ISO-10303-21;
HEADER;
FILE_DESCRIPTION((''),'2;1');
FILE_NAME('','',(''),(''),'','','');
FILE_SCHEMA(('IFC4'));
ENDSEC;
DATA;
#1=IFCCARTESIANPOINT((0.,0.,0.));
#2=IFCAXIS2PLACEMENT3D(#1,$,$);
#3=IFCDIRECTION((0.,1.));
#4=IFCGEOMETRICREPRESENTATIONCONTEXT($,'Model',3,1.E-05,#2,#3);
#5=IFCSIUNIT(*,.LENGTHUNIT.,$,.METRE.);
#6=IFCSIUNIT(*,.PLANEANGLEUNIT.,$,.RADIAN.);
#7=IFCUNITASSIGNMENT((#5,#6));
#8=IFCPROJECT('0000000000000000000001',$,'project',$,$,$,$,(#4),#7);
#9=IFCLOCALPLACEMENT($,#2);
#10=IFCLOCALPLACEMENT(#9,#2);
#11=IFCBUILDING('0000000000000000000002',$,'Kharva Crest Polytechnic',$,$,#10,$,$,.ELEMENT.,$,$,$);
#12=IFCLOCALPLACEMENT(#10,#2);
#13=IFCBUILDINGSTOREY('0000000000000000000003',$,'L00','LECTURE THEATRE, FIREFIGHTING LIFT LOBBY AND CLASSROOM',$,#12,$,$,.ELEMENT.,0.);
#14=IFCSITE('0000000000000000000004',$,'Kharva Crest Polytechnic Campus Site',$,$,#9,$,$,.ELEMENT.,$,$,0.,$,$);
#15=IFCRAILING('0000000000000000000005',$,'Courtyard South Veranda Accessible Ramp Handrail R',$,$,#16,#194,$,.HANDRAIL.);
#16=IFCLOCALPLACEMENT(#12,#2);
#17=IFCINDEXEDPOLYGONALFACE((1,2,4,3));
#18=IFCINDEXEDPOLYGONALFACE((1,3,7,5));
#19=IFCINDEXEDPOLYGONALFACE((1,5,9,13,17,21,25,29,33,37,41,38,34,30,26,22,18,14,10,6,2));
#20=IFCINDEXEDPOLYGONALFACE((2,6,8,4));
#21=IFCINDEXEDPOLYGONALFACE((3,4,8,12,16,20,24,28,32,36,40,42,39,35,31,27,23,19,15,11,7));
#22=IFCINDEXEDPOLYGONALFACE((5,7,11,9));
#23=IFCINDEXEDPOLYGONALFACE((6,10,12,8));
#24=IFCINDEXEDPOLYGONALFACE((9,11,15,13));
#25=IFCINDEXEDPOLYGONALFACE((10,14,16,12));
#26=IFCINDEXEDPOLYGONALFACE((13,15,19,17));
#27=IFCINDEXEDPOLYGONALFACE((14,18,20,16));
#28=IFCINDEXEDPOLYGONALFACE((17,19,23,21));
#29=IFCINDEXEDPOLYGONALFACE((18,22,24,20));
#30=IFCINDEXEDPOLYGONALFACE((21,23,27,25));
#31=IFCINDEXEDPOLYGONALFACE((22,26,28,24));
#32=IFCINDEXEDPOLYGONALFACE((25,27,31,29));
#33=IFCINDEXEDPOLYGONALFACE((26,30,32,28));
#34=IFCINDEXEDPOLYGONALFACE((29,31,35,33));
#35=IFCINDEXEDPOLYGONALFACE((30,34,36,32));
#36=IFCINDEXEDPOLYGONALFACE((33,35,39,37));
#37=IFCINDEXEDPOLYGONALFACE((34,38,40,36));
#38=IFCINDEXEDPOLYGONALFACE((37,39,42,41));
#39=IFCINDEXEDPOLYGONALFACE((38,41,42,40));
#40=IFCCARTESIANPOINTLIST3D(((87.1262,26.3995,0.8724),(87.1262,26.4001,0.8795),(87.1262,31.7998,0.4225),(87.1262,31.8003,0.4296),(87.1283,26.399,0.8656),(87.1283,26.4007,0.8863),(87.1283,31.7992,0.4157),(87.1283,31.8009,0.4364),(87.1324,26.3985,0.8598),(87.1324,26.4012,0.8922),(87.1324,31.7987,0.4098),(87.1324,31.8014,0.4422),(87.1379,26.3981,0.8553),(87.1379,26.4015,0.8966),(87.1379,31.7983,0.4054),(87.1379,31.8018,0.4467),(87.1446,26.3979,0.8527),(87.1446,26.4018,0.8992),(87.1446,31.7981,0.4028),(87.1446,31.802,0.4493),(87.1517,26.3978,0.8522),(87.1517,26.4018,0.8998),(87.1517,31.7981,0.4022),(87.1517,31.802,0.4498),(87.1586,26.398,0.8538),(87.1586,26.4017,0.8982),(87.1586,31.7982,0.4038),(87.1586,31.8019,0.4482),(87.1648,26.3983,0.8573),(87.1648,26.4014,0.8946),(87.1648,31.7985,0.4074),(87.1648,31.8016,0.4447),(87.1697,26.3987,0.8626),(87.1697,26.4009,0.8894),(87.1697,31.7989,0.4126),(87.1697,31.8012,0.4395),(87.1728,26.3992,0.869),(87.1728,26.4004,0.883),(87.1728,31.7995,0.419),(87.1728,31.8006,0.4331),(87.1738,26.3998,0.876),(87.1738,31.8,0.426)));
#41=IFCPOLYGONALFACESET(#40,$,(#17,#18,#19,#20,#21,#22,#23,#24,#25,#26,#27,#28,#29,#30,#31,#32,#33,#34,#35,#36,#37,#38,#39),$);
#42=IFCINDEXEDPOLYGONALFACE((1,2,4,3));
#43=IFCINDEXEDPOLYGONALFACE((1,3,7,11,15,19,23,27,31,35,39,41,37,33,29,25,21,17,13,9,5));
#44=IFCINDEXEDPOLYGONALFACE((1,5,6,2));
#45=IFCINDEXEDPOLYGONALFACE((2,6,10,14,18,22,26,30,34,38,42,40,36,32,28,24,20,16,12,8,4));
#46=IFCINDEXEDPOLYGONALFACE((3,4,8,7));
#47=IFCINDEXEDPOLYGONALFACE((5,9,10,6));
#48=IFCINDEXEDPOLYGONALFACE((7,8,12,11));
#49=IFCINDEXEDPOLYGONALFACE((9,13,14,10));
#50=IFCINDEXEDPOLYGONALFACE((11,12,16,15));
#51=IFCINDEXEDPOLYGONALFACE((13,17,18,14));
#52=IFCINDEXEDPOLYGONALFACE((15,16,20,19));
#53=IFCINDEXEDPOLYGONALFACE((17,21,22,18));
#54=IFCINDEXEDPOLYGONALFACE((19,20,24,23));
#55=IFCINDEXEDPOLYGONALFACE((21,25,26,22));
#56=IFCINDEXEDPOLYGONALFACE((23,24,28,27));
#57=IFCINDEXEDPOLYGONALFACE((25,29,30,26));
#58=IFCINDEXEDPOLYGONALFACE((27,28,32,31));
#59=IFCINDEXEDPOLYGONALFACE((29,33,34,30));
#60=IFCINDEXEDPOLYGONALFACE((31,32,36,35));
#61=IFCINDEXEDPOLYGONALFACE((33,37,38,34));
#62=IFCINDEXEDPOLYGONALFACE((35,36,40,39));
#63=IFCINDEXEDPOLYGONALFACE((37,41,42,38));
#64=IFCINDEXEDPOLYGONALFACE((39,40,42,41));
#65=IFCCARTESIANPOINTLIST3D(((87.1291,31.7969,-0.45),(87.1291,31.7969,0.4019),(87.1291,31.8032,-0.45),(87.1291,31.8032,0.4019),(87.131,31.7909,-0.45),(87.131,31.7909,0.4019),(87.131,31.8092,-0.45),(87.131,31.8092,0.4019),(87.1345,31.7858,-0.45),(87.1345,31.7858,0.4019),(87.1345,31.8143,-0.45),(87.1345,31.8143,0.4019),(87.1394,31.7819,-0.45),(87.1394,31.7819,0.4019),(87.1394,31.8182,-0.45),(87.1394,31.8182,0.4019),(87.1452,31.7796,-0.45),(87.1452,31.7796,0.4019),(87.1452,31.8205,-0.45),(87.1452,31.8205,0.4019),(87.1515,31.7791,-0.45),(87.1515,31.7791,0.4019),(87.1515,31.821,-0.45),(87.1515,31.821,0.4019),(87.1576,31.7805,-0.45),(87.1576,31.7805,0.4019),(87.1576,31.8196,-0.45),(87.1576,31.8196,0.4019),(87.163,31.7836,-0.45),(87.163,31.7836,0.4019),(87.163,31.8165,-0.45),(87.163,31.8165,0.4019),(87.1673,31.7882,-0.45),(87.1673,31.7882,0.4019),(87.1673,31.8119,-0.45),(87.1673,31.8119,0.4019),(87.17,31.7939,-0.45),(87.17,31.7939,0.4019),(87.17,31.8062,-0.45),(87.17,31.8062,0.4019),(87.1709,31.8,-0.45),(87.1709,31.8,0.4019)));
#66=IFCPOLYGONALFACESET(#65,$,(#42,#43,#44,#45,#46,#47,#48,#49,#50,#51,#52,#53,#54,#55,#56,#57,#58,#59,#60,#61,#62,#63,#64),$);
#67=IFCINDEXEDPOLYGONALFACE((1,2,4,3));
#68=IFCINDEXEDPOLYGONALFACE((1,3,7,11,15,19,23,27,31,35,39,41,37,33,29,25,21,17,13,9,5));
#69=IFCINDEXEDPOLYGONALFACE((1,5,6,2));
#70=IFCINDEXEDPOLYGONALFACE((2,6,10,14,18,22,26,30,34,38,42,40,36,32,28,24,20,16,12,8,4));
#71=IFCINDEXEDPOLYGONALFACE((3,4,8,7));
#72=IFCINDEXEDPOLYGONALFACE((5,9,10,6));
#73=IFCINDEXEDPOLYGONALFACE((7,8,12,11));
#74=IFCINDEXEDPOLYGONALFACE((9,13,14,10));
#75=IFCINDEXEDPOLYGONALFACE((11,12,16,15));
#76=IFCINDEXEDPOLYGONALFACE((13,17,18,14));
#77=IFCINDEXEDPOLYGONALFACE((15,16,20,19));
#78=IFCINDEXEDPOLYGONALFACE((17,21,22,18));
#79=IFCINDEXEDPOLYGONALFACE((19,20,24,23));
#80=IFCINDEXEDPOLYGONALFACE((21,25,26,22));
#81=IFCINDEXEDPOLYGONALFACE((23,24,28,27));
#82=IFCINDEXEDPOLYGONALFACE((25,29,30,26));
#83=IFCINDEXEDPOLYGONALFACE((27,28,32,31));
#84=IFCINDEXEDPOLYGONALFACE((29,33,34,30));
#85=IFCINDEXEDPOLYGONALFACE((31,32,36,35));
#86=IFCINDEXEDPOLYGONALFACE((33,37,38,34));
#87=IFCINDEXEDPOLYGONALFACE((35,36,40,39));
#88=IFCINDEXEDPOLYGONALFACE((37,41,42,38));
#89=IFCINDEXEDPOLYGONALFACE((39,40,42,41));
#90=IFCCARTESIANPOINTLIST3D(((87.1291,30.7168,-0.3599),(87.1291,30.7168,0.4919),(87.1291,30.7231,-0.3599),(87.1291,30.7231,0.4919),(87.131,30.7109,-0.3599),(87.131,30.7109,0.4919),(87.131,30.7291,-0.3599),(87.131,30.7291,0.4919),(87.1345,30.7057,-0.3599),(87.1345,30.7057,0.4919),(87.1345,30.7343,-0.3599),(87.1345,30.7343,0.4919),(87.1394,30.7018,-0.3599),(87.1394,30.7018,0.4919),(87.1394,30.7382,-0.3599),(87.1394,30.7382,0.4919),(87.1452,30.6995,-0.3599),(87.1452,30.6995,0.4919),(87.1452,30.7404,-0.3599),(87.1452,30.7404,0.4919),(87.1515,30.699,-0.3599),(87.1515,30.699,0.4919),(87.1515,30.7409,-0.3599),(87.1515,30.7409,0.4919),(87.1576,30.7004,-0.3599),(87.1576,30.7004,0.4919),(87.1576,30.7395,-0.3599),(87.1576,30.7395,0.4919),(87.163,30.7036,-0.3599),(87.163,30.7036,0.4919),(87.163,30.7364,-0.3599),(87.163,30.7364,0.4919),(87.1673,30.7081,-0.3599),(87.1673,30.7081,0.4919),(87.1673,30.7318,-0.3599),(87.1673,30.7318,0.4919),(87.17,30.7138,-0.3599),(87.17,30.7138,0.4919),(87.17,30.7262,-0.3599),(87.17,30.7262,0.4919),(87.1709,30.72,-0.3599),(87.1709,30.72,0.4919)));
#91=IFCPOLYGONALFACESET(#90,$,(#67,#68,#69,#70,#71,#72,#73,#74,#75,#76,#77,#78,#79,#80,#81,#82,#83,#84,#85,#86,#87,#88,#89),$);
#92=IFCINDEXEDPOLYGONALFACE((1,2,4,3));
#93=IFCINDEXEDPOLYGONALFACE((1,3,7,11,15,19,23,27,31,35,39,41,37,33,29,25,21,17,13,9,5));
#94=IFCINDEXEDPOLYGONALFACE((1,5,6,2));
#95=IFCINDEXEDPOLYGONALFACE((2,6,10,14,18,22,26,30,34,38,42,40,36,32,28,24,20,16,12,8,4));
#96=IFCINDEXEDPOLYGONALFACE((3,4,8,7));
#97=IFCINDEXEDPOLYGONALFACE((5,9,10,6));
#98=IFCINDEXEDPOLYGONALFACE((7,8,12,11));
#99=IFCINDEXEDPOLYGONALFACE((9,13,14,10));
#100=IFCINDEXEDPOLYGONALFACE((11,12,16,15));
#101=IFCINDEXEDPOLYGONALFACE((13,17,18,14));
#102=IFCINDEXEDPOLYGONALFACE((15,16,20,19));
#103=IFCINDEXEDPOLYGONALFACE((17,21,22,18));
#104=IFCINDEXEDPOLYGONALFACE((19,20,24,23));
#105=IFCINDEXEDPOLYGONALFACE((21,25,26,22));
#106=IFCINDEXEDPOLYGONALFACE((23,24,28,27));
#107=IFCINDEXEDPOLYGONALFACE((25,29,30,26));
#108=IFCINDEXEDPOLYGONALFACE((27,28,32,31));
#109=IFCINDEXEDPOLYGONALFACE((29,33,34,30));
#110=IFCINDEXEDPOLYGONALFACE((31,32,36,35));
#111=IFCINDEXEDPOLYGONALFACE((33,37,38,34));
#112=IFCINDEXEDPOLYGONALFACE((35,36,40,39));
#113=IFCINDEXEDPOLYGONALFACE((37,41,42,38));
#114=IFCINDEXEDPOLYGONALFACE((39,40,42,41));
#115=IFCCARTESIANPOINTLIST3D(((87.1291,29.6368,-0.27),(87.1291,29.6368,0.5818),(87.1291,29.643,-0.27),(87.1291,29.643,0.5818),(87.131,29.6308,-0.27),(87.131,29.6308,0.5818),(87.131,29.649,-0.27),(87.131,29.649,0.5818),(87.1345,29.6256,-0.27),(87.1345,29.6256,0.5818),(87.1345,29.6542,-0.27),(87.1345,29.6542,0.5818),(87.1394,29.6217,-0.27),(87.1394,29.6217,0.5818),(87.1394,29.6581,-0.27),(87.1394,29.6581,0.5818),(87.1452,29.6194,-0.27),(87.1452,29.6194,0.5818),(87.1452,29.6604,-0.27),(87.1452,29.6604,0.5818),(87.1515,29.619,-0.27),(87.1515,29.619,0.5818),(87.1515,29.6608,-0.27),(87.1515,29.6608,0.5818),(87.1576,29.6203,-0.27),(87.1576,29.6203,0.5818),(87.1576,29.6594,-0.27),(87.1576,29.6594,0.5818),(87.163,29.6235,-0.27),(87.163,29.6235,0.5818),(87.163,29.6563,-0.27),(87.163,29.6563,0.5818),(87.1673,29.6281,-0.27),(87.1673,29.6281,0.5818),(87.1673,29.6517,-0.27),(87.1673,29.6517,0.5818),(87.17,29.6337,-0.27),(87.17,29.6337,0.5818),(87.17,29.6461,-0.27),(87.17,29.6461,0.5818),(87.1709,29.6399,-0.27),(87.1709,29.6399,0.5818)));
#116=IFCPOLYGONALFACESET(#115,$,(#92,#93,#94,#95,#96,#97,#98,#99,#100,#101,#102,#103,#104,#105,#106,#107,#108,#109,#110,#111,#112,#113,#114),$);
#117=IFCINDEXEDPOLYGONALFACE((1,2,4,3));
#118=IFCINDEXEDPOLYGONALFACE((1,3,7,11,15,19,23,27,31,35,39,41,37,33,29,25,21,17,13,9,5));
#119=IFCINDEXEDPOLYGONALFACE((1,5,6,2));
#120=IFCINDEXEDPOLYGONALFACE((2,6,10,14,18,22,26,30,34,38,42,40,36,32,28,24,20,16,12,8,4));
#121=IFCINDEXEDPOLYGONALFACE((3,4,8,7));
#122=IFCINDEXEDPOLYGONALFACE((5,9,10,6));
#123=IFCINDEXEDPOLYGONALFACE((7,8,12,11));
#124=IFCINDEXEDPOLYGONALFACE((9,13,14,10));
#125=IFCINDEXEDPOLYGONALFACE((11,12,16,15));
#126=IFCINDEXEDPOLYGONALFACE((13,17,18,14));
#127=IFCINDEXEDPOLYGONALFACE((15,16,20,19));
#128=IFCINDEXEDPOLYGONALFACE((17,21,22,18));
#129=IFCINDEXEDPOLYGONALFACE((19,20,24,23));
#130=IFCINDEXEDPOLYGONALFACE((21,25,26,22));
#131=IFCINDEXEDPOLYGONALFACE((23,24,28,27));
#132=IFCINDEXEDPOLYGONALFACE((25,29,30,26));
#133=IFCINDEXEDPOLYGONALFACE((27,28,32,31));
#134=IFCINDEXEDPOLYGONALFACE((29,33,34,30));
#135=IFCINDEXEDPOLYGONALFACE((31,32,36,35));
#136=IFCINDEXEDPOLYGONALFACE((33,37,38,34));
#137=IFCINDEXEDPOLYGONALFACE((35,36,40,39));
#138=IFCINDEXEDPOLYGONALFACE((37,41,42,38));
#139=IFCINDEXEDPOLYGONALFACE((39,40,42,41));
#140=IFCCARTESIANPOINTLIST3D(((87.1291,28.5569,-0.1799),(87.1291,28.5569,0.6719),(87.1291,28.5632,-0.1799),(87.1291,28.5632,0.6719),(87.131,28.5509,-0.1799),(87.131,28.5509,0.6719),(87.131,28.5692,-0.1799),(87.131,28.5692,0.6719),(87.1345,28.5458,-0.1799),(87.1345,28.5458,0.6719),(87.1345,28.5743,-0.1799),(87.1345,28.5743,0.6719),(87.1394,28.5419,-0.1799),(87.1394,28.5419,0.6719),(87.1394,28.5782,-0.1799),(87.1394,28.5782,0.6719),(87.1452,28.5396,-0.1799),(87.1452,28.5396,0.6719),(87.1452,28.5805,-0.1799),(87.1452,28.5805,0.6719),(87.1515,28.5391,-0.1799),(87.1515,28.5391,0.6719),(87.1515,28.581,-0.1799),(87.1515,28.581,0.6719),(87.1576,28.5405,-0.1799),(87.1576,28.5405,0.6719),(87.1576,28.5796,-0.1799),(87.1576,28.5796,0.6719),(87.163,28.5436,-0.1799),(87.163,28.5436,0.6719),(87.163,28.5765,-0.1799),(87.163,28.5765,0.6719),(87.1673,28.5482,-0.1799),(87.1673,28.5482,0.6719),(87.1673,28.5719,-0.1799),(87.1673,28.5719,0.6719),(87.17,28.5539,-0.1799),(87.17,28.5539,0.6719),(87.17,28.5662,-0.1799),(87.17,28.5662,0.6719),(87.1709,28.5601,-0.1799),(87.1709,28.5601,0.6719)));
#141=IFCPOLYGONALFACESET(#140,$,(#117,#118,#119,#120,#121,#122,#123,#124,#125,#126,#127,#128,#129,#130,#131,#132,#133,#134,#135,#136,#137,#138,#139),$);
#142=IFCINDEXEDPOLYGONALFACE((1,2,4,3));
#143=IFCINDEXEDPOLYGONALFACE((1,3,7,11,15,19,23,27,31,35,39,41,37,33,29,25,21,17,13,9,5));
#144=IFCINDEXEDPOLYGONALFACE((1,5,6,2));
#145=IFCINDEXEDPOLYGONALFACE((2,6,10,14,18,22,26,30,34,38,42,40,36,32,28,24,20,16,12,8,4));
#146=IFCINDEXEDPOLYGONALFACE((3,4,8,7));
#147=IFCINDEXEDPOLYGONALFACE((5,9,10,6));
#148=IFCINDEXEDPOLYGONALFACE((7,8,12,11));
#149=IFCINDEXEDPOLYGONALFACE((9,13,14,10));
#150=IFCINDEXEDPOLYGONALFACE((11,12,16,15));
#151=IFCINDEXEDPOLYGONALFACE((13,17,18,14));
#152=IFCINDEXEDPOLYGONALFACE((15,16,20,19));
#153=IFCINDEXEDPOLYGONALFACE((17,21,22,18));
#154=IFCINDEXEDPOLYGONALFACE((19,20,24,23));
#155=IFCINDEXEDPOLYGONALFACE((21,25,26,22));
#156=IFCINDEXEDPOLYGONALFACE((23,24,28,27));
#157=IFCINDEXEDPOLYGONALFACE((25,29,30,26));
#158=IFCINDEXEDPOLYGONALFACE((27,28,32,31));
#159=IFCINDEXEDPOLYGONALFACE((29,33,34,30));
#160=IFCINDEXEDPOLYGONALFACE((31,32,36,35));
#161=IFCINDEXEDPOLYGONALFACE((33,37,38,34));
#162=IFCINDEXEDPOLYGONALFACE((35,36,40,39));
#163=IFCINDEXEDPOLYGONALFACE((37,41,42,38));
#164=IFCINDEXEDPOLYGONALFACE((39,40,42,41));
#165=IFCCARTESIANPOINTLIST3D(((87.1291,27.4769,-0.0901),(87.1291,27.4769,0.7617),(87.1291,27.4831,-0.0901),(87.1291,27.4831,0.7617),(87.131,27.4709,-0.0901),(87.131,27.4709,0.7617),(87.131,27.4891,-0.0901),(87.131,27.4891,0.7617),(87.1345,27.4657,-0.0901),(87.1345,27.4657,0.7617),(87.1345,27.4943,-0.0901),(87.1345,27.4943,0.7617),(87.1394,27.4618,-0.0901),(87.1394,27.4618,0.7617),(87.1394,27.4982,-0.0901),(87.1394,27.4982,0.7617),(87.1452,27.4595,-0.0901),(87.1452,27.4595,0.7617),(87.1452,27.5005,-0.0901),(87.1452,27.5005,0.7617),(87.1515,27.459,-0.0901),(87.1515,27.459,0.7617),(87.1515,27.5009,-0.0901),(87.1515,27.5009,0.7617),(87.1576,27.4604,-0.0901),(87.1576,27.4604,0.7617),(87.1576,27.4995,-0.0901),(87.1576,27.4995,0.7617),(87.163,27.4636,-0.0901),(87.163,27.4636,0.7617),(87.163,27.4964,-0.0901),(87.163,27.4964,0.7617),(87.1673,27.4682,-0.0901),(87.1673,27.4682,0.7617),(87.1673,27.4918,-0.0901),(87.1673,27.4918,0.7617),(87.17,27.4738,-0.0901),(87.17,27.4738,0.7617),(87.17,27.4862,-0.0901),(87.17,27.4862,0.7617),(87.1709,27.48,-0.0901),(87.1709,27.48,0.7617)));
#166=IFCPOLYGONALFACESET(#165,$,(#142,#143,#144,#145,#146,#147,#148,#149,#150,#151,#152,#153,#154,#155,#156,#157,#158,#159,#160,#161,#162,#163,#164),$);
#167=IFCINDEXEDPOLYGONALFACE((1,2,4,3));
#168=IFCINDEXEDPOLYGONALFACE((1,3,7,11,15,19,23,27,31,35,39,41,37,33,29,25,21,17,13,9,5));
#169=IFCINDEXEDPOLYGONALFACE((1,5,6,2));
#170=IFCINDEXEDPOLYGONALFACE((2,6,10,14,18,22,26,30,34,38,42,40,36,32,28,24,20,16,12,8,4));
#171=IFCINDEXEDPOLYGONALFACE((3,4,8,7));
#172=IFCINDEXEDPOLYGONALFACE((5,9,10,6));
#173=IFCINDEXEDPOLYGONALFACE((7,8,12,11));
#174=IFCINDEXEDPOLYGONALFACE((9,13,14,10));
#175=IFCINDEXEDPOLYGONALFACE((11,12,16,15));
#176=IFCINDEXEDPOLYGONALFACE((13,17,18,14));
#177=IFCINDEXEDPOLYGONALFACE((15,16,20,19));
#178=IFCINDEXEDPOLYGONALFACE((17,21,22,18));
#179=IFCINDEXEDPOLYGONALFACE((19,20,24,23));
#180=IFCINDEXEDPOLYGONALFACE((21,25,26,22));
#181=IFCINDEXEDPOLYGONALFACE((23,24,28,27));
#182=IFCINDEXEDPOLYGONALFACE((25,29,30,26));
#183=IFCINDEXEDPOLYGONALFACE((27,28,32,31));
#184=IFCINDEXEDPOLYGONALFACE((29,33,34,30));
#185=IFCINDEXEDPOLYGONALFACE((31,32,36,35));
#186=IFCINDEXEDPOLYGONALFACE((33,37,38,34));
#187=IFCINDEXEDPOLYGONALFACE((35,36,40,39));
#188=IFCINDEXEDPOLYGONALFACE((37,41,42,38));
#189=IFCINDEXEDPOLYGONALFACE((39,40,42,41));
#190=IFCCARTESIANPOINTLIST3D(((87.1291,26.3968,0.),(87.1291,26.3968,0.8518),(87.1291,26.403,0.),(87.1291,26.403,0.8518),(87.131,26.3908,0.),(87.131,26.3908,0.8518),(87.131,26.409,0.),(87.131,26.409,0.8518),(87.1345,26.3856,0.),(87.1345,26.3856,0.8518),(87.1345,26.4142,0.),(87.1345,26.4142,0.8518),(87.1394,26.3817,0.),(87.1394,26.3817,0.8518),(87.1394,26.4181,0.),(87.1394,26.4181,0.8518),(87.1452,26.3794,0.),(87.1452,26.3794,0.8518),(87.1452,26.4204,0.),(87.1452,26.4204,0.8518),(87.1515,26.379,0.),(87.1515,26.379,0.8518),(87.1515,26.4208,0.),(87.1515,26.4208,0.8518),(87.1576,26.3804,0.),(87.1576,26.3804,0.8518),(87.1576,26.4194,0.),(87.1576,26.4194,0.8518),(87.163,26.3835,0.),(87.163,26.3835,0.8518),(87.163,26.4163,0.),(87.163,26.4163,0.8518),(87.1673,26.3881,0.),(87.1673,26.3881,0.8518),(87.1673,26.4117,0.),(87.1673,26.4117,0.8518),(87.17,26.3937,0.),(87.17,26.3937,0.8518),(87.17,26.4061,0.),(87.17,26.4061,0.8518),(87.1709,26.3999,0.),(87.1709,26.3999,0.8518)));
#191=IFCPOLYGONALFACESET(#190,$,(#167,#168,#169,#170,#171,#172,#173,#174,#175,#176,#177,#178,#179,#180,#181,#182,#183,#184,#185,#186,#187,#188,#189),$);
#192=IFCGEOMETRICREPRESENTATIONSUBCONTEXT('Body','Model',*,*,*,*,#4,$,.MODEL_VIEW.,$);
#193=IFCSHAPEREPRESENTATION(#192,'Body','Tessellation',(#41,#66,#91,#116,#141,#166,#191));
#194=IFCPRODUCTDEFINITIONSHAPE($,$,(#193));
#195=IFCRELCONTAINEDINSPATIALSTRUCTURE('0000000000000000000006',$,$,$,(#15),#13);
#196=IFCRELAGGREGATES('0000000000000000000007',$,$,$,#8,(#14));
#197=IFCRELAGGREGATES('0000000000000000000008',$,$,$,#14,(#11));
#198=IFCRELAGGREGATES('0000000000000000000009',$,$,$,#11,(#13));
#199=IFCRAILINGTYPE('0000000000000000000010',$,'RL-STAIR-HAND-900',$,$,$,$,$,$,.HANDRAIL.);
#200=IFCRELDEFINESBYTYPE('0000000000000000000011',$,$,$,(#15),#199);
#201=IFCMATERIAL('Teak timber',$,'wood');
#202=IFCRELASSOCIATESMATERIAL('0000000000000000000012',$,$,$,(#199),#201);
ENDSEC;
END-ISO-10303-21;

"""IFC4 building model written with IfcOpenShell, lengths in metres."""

from ifc_helpers import new_model, si_unit, direction, frame, origin, origin_2d, place, context, subcontext, project, spatial, circle, extrude, material, type_object, element, save


model = new_model("IFC4")

# Units and contexts
model_context = context("Model", 3, precision=1e-05, world=origin(), true_north=direction((0.0, 1.0)))
body_context = subcontext(model_context, "Body", "Model", "MODEL_VIEW")
ifc_project = project(units=[si_unit("LENGTHUNIT", "METRE"), si_unit("PLANEANGLEUNIT", "RADIAN")], contexts=[model_context])

# Site, building, storey
site_placement = place(None, origin())
site = spatial("IfcSite", under=ifc_project, at=site_placement, Name="Kharva Crest Polytechnic Campus Site", CompositionType="ELEMENT", RefElevation=0.0)
building_placement = place(site_placement, origin())
building = spatial("IfcBuilding", under=site, at=building_placement, Name="Kharva Crest Polytechnic", CompositionType="ELEMENT")
storey_placement = place(building_placement, origin())
storey = spatial("IfcBuildingStorey", under=building, at=storey_placement, Name="L00", Description="LECTURE THEATRE, FIREFIGHTING LIFT LOBBY AND CLASSROOM", CompositionType="ELEMENT", Elevation=0.0)

# Shared definitions
ifc_material_1 = material(Name="Teak timber", Category="wood")

# Railing
railing_type = type_object("IfcRailingType", Name="RL-STAIR-HAND-900", PredefinedType="HANDRAIL", material=ifc_material_1)
railing_placement = place(storey_placement, frame((87.1499, 31.8, -0.45)))
element("IfcRailing", 1, at=railing_placement, inside=storey, type_object=railing_type, Name="Courtyard South Veranda Accessible Ramp Handrail R", PredefinedType="HANDRAIL", context=body_context, shape_type="SweptSolid", body=[
    extrude(circle(Radius=0.0239, at=origin_2d()), frame((0.0, 0.0, 0.876), z_axis=(0.0, -0.996547, 0.083034), x_axis=(1.0, 0.0, 0.0)), (0.0, 0.0, 1.0), 5.4189),
    extrude(circle(Radius=0.021, at=origin_2d()), origin(), (0.0, 0.0, 1.0), 0.8518),
    extrude(circle(Radius=0.021, at=origin_2d()), frame((0.0, -1.0801, 0.0901)), (0.0, 0.0, 1.0), 0.8518),
    extrude(circle(Radius=0.021, at=origin_2d()), frame((0.0, -2.1602, 0.1799)), (0.0, 0.0, 1.0), 0.8518),
    extrude(circle(Radius=0.021, at=origin_2d()), frame((0.0, -3.24, 0.27)), (0.0, 0.0, 1.0), 0.8518),
    extrude(circle(Radius=0.021, at=origin_2d()), frame((0.0, -4.3201, 0.3599)), (0.0, 0.0, 1.0), 0.8518),
    extrude(circle(Radius=0.021, at=origin_2d()), frame((0.0, -5.4001, 0.45)), (0.0, 0.0, 1.0), 0.8518),
])

save(model, "model.ifc")
